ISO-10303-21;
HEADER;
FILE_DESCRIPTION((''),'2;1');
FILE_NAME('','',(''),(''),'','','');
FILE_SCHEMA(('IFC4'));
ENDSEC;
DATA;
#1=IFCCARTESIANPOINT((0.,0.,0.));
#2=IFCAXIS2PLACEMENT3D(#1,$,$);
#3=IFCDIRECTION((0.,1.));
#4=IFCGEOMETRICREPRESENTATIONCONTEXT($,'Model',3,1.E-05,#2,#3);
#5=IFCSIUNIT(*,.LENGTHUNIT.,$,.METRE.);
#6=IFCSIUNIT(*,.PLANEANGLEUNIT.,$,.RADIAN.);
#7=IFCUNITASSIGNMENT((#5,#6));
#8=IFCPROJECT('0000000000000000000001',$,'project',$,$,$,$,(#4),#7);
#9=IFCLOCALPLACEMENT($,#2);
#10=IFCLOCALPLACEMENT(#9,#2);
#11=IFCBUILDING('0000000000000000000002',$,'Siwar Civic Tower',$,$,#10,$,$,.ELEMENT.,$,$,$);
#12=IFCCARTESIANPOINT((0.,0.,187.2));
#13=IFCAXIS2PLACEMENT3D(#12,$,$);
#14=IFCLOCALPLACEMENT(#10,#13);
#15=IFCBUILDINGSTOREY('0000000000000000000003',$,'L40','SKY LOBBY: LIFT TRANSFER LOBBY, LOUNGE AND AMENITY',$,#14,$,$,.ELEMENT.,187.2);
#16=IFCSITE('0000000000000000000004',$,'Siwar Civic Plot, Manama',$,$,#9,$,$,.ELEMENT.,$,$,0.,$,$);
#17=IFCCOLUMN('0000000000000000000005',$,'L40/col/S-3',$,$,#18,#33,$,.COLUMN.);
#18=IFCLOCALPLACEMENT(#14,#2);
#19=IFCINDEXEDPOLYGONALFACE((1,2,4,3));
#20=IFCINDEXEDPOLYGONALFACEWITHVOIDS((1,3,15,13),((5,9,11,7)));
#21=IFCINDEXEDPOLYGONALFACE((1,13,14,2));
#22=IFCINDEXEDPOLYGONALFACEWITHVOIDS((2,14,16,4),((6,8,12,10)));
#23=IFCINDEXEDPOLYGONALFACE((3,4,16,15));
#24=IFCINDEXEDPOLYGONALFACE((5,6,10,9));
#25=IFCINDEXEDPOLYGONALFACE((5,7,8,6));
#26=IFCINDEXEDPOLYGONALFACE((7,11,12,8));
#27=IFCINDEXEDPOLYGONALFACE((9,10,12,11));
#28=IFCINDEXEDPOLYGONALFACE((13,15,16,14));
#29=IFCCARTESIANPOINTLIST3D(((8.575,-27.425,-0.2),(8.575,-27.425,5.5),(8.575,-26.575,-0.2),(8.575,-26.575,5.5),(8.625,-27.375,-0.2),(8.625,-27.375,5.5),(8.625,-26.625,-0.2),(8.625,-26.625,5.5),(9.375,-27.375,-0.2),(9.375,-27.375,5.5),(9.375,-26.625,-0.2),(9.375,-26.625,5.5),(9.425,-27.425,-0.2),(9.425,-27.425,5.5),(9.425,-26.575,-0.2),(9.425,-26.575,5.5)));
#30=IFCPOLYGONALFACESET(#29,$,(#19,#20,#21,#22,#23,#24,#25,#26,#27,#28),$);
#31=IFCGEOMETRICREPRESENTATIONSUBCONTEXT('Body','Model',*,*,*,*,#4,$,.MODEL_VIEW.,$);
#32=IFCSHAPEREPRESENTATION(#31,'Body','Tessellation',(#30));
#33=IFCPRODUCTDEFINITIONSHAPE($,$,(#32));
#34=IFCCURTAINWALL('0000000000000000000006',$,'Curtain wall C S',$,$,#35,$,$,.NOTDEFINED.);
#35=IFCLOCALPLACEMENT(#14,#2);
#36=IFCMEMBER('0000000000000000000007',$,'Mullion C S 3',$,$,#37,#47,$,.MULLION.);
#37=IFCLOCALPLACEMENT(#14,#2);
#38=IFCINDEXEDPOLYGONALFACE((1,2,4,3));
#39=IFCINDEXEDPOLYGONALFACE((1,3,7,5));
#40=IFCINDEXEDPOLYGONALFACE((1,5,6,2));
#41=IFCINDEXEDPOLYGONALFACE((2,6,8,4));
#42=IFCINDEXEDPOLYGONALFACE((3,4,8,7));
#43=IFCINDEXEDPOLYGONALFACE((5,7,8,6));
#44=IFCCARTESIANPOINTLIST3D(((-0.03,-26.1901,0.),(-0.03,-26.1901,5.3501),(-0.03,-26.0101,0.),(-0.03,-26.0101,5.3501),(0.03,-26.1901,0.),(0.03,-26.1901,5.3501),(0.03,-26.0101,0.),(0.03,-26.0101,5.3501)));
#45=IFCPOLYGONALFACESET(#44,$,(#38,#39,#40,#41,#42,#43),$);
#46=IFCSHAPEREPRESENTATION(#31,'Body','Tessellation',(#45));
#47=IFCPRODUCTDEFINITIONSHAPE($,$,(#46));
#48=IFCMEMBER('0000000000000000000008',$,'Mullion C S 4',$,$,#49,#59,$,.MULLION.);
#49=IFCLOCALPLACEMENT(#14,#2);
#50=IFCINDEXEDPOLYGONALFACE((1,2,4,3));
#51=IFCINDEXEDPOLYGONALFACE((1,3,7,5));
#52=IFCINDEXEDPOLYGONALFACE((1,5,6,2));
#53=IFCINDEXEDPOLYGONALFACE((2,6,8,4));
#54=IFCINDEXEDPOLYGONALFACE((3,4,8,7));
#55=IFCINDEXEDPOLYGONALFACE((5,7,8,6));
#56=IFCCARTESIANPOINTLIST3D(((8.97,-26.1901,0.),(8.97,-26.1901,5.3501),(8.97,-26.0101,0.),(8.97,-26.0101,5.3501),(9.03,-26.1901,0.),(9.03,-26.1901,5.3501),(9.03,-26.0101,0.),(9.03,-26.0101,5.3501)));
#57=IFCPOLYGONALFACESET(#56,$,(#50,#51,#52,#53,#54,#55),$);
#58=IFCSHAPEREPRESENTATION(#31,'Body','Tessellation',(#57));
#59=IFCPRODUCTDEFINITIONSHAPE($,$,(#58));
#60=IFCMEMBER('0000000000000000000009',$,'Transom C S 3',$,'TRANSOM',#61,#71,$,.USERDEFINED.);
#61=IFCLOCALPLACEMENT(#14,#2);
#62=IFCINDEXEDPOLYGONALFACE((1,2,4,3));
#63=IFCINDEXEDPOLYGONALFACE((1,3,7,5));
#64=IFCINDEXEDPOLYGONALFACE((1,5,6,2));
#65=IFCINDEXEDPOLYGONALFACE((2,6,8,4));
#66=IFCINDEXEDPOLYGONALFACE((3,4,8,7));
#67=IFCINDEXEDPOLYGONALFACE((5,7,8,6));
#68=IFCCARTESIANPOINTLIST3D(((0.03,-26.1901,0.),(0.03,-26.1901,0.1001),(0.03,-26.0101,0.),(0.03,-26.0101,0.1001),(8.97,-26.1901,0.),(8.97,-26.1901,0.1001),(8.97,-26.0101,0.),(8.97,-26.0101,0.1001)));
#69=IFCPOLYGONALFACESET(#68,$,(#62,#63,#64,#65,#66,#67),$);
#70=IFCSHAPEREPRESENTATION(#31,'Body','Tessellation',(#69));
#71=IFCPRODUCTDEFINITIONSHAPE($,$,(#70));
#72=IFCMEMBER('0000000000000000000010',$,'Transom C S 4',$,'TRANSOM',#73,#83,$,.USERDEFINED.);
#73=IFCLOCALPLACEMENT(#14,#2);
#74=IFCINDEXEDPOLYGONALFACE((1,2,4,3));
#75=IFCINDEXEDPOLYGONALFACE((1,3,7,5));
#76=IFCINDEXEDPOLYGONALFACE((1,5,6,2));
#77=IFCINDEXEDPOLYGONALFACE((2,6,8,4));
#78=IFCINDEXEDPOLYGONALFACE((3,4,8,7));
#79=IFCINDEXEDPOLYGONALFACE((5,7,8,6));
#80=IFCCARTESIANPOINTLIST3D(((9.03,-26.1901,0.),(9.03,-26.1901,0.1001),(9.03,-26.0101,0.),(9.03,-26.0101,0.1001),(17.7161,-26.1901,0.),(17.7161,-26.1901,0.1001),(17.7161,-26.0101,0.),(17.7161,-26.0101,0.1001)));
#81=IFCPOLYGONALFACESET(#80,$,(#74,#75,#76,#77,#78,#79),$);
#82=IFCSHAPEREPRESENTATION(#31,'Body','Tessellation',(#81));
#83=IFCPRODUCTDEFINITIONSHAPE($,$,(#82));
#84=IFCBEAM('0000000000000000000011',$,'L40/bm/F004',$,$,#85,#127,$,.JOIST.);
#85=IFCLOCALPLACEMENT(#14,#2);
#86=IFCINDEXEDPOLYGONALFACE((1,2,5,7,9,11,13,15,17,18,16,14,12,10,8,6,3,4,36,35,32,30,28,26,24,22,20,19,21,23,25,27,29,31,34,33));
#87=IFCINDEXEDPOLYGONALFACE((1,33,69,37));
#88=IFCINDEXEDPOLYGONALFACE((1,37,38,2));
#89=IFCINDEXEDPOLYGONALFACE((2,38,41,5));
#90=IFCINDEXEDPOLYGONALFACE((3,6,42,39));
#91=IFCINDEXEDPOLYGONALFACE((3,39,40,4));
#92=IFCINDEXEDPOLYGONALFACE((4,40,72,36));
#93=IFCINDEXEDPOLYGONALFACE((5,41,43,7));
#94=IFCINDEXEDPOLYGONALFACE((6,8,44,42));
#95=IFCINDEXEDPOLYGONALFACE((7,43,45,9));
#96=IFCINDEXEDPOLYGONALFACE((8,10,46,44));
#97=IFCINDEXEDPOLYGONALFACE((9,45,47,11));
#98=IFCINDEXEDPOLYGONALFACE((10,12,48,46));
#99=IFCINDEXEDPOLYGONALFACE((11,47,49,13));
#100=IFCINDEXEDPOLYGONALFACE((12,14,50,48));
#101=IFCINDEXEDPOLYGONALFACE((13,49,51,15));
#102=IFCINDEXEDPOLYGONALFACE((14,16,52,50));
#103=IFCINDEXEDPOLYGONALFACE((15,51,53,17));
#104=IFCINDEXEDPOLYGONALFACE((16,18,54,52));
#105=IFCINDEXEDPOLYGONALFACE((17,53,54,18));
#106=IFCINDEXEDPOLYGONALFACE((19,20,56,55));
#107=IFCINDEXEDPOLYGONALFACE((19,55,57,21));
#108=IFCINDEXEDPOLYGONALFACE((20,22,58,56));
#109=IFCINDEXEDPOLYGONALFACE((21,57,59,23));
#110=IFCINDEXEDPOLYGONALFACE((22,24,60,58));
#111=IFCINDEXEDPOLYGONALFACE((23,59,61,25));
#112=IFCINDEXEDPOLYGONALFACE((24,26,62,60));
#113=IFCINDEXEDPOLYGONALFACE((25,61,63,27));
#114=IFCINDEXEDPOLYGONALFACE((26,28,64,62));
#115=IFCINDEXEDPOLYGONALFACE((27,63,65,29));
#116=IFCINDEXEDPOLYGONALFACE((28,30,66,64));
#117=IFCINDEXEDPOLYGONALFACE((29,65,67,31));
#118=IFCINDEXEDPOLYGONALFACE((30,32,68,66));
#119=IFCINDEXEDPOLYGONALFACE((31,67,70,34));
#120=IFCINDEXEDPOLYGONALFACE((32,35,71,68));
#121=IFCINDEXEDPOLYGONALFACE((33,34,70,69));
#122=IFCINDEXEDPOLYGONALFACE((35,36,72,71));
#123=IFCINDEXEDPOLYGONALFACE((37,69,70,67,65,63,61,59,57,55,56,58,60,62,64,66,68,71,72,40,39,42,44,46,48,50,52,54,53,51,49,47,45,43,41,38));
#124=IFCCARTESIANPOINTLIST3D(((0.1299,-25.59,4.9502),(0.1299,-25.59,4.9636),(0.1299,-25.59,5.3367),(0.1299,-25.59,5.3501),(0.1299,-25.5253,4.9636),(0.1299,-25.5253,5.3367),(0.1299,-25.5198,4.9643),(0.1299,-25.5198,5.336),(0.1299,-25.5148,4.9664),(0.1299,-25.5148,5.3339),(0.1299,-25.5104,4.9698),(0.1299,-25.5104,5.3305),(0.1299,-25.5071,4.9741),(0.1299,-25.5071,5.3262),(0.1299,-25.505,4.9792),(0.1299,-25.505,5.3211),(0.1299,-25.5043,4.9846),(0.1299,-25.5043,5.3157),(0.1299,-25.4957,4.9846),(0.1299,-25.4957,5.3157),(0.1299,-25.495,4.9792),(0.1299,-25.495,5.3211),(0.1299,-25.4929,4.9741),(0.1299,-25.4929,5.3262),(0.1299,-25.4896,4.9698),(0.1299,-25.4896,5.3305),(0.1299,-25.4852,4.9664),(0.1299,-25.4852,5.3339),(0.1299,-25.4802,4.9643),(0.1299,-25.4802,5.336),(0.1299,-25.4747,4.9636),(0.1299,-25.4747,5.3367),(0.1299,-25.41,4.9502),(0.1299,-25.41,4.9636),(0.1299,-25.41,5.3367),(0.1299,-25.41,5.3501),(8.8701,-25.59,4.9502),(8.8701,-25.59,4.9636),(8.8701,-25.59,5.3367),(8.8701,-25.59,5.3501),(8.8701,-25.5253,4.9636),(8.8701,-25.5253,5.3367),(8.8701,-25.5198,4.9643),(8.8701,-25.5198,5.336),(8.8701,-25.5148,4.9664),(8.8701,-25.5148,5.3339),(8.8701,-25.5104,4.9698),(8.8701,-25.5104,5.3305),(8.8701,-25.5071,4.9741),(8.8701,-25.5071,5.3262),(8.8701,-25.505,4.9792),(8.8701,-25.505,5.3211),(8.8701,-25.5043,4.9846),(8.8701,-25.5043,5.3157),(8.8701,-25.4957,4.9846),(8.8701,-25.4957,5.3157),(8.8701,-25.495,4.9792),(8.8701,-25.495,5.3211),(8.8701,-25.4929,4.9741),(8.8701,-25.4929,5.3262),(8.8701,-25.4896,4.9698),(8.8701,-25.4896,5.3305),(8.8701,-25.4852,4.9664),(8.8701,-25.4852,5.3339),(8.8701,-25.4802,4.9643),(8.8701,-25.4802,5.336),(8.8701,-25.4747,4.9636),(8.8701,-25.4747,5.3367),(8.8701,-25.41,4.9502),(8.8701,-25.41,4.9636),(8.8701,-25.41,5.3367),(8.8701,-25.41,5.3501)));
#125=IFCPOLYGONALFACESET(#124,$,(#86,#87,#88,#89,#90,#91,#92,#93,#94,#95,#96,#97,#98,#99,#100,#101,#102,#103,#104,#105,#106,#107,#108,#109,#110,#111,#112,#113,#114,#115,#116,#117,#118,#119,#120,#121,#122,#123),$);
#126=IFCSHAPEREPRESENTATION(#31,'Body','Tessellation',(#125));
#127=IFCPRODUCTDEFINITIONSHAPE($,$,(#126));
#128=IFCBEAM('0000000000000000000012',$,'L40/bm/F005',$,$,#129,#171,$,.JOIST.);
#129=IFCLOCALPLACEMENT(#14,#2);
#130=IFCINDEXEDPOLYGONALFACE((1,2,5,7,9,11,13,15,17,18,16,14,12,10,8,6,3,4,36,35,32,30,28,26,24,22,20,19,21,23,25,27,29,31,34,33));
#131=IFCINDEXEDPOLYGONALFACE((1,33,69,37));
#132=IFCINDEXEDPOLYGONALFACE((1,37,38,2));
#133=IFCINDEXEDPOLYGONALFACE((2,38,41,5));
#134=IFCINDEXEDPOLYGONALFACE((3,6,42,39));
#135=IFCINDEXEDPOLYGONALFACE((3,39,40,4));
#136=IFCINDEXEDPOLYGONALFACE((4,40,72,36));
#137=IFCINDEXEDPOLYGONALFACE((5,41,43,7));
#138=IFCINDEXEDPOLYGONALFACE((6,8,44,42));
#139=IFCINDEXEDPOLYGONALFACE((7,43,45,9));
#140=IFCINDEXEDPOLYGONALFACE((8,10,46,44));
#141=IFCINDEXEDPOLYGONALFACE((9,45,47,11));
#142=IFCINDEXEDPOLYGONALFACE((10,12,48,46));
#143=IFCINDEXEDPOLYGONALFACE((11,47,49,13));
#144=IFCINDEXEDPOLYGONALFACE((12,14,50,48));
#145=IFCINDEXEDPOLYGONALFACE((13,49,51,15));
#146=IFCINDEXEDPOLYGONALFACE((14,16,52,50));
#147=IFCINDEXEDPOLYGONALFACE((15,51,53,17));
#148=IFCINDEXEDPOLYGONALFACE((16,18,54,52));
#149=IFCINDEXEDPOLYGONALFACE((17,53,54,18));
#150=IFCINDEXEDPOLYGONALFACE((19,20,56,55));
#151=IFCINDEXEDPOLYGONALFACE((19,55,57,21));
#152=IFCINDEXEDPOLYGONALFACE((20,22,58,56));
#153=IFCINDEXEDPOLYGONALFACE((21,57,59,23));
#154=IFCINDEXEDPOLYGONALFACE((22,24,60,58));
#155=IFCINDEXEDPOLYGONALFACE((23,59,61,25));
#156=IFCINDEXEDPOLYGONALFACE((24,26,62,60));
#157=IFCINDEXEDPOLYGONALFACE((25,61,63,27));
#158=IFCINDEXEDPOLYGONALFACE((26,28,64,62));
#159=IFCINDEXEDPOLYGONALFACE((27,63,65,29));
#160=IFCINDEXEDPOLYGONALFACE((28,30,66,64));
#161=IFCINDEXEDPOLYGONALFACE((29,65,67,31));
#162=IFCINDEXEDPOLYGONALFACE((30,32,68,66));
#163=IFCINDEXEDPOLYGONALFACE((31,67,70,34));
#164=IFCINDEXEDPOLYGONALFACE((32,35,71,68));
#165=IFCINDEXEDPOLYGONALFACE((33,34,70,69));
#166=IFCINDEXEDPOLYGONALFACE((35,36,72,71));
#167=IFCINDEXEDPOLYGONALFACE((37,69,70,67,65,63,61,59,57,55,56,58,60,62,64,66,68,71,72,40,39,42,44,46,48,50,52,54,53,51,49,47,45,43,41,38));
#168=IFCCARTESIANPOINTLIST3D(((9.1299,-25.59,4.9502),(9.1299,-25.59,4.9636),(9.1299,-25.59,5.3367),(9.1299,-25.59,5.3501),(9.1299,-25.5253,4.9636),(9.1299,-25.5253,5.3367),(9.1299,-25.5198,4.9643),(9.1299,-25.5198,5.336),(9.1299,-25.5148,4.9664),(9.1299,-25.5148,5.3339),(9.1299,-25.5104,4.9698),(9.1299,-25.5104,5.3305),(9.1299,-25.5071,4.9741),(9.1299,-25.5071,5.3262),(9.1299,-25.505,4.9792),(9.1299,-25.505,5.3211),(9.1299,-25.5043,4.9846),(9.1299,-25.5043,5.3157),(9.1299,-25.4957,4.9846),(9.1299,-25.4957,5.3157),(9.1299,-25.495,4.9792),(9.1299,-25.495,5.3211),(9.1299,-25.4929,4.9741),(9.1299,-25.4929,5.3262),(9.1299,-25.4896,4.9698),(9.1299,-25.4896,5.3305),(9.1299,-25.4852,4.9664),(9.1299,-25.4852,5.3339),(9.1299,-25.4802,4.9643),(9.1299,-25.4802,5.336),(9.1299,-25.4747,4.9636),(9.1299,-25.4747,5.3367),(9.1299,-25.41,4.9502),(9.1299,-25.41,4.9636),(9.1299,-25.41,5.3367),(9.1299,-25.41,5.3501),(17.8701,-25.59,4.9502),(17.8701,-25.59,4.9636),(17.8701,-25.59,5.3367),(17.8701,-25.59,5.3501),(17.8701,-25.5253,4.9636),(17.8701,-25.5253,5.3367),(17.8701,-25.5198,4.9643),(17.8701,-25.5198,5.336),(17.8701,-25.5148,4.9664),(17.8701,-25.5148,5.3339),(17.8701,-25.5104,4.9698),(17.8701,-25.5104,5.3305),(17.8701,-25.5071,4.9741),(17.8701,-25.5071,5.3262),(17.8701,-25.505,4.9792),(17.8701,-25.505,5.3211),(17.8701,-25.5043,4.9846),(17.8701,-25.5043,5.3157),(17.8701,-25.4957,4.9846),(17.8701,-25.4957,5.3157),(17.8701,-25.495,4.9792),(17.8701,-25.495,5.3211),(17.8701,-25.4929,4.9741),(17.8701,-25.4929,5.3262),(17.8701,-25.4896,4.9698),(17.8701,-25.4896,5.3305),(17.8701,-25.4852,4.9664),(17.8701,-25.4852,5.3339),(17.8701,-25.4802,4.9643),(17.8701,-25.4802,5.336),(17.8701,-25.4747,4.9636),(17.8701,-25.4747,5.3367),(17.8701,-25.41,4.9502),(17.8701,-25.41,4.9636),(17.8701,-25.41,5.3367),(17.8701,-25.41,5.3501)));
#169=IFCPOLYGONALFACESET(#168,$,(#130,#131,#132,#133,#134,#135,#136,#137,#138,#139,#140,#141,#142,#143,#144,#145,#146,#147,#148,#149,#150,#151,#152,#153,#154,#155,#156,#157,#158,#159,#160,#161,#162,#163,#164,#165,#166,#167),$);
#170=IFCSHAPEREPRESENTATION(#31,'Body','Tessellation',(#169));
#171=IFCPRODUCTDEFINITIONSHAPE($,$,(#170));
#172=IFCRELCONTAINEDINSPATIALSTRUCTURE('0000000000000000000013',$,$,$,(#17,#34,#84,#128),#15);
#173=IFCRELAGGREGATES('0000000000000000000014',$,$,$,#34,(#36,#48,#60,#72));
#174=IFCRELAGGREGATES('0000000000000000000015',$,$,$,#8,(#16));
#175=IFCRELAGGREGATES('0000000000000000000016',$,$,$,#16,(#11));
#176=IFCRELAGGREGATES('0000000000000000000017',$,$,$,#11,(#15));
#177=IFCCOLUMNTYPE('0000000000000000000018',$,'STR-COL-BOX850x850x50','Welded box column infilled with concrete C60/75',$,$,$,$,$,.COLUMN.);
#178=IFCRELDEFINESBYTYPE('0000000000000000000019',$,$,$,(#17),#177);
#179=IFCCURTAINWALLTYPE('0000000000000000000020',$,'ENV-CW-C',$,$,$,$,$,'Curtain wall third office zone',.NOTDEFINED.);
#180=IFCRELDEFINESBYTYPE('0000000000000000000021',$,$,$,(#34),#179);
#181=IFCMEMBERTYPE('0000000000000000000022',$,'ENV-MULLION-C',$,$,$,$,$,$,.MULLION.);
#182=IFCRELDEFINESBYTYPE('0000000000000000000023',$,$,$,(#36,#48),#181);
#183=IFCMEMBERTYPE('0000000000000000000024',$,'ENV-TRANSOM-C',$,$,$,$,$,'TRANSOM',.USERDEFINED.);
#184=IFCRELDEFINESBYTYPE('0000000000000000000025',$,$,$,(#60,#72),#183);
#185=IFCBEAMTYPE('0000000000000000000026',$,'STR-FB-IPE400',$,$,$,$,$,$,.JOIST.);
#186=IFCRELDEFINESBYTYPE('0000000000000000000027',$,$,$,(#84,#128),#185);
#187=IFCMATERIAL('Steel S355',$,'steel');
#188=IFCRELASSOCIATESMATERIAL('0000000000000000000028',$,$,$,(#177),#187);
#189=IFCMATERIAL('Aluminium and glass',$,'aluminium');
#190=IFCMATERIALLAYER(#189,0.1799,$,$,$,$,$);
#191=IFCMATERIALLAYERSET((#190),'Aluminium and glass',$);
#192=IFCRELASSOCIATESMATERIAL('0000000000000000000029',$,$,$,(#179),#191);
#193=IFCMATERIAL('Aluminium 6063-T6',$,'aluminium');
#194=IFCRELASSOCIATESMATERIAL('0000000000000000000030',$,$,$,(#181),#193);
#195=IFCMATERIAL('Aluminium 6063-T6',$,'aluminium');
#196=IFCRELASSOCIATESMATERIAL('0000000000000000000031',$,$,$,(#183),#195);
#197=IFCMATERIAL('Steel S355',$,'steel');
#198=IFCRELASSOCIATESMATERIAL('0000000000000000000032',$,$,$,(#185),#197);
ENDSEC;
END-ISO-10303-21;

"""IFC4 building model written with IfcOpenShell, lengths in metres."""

from ifc_helpers import new_model, si_unit, direction, frame, origin, origin_2d, place, context, subcontext, project, spatial, rectangle, hollow_rectangle, i_section, extrude, material, layer, layer_set, material_profile, profile_set, type_object, element, aggregate, save


model = new_model("IFC4")

# Units and contexts
model_context = context("Model", 3, precision=1e-05, world=origin(), true_north=direction((0.0, 1.0)))
body_context = subcontext(model_context, "Body", "Model", "MODEL_VIEW")
ifc_project = project(units=[si_unit("LENGTHUNIT", "METRE"), si_unit("PLANEANGLEUNIT", "RADIAN")], contexts=[model_context])

# Site, building, storey
site_placement = place(None, origin())
site = spatial("IfcSite", under=ifc_project, at=site_placement, Name="Siwar Civic Plot, Manama", CompositionType="ELEMENT", RefElevation=0.0)
building_placement = place(site_placement, origin())
building = spatial("IfcBuilding", under=site, at=building_placement, Name="Siwar Civic Tower", CompositionType="ELEMENT")
storey_placement = place(building_placement, frame((0.0, 0.0, 187.2)))
storey = spatial("IfcBuildingStorey", under=building, at=storey_placement, Name="L40", Description="SKY LOBBY: LIFT TRANSFER LOBBY, LOUNGE AND AMENITY", CompositionType="ELEMENT", Elevation=187.2)

# Column
ifc_material_1 = material(Name="Steel S355", Category="steel")
ifc_material_profile_1 = material_profile(ifc_material_1, hollow_rectangle(XDim=0.8501, YDim=0.8501, WallThickness=0.05, at=origin_2d()), Name="BOX850x850x50")
ifc_profile_set_1 = profile_set([ifc_material_profile_1], Name="Steel S355")
column_type = type_object("IfcColumnType", Name="STR-COL-BOX850x850x50", Description="Welded box column infilled with concrete C60/75", PredefinedType="COLUMN", material=ifc_profile_set_1)
column_placement = place(storey_placement, frame((9.0, -27.0, -0.2), z_axis=(0.0, 0.0, 1.0), x_axis=(1.0, 0.0, 0.0)))
element("IfcColumn", 1, at=column_placement, inside=storey, type_object=column_type, Name="L40/col/S-3", PredefinedType="COLUMN", context=body_context, shape_type="SweptSolid", body=[
    extrude(hollow_rectangle(XDim=0.8501, YDim=0.8501, WallThickness=0.05, at=origin_2d()), origin(), (0.0, 0.0, 1.0), 5.7),
])

# Curtain wall, members
ifc_material_2 = material(Name="Aluminium and glass", Category="aluminium")
ifc_layer_1 = layer(ifc_material_2, 0.1799)
ifc_layer_set_1 = layer_set([ifc_layer_1], Name="Aluminium and glass")
curtain_wall_type = type_object("IfcCurtainWallType", Name="ENV-CW-C", ElementType="Curtain wall third office zone", PredefinedType="NOTDEFINED", material=ifc_layer_set_1)
curtain_wall_placement = place(storey_placement, origin())
curtain_wall = element("IfcCurtainWall", 2, at=curtain_wall_placement, inside=storey, type_object=curtain_wall_type, Name="Curtain wall C S", PredefinedType="NOTDEFINED")
ifc_material_3 = material(Name="Aluminium 6063-T6", Category="aluminium")
ifc_material_profile_2 = material_profile(ifc_material_3, rectangle(XDim=0.1799, YDim=0.0601, at=origin_2d()), Name="AL 180x60")
ifc_profile_set_2 = profile_set([ifc_material_profile_2], Name="Aluminium 6063-T6")
member_type_1 = type_object("IfcMemberType", Name="ENV-MULLION-C", PredefinedType="MULLION", material=ifc_profile_set_2)
member_1_placement = place(storey_placement, frame((0.0, -26.1001, 0.0), z_axis=(0.0, 0.0, 1.0), x_axis=(0.0, 1.0, 0.0)))
member_1 = element("IfcMember", 3, at=member_1_placement, type_object=member_type_1, Name="Mullion C S 3", PredefinedType="MULLION", context=body_context, shape_type="SweptSolid", body=[
    extrude(rectangle(XDim=0.1799, YDim=0.0601, at=origin_2d()), origin(), (0.0, 0.0, 1.0), 5.3501),
])
member_2_placement = place(storey_placement, frame((9.0, -26.1001, 0.0), z_axis=(0.0, 0.0, 1.0), x_axis=(0.0, 1.0, 0.0)))
member_2 = element("IfcMember", 4, at=member_2_placement, type_object=member_type_1, Name="Mullion C S 4", PredefinedType="MULLION", context=body_context, shape_type="SweptSolid", body=[
    extrude(rectangle(XDim=0.1799, YDim=0.0601, at=origin_2d()), origin(), (0.0, 0.0, 1.0), 5.3501),
])
ifc_material_4 = material(Name="Aluminium 6063-T6", Category="aluminium")
ifc_material_profile_3 = material_profile(ifc_material_4, rectangle(XDim=0.1799, YDim=0.1001, at=origin_2d()), Name="AL 180x100")
ifc_profile_set_3 = profile_set([ifc_material_profile_3], Name="Aluminium 6063-T6")
member_type_2 = type_object("IfcMemberType", Name="ENV-TRANSOM-C", ElementType="TRANSOM", PredefinedType="USERDEFINED", material=ifc_profile_set_3)
member_3_placement = place(storey_placement, frame((0.03, -26.1001, 0.05), z_axis=(1.0, 0.0, 0.0), x_axis=(0.0, 1.0, 0.0)))
member_3 = element("IfcMember", 5, at=member_3_placement, type_object=member_type_2, Name="Transom C S 3", ObjectType="TRANSOM", PredefinedType="USERDEFINED", context=body_context, shape_type="SweptSolid", body=[
    extrude(rectangle(XDim=0.1799, YDim=0.1001, at=origin_2d()), origin(), (0.0, 0.0, 1.0), 8.9399),
])
member_4_placement = place(storey_placement, frame((9.03, -26.1001, 0.05), z_axis=(1.0, 0.0, 0.0), x_axis=(0.0, 1.0, 0.0)))
member_4 = element("IfcMember", 6, at=member_4_placement, type_object=member_type_2, Name="Transom C S 4", ObjectType="TRANSOM", PredefinedType="USERDEFINED", context=body_context, shape_type="SweptSolid", body=[
    extrude(rectangle(XDim=0.1799, YDim=0.1001, at=origin_2d()), origin(), (0.0, 0.0, 1.0), 8.686),
])

# Beams
ifc_material_5 = material(Name="Steel S355", Category="steel")
ifc_material_profile_4 = material_profile(ifc_material_5, i_section(OverallWidth=0.1799, OverallDepth=0.3999, WebThickness=0.0085, FlangeThickness=0.0134, FilletRadius=0.021, at=origin_2d()), Name="IPE400")
ifc_profile_set_4 = profile_set([ifc_material_profile_4], Name="Steel S355")
beam_type_1 = type_object("IfcBeamType", Name="STR-FB-IPE400", PredefinedType="JOIST", material=ifc_profile_set_4)
for number, where, z_axis, x_axis, name in (
    (7, (0.1299, -25.5, 5.1501), (1.0, 0.0, 0.0), (0.0, 1.0, 0.0), "L40/bm/F004"),
    (8, (9.1299, -25.5, 5.1501), (1.0, 0.0, 0.0), (0.0, 1.0, 0.0), "L40/bm/F005"),
):
    element("IfcBeam", number, at=place(storey_placement, frame(where, z_axis=z_axis, x_axis=x_axis)), inside=storey, type_object=beam_type_1, Name=name, PredefinedType="JOIST", context=body_context, shape_type="SweptSolid", body=[
        extrude(i_section(OverallWidth=0.1799, OverallDepth=0.3999, WebThickness=0.0085, FlangeThickness=0.0134, FilletRadius=0.021, at=origin_2d()), origin(), (0.0, 0.0, 1.0), 8.7402),
    ])

aggregate(curtain_wall, [member_1, member_2, member_3, member_4])

save(model, "model.ifc")
